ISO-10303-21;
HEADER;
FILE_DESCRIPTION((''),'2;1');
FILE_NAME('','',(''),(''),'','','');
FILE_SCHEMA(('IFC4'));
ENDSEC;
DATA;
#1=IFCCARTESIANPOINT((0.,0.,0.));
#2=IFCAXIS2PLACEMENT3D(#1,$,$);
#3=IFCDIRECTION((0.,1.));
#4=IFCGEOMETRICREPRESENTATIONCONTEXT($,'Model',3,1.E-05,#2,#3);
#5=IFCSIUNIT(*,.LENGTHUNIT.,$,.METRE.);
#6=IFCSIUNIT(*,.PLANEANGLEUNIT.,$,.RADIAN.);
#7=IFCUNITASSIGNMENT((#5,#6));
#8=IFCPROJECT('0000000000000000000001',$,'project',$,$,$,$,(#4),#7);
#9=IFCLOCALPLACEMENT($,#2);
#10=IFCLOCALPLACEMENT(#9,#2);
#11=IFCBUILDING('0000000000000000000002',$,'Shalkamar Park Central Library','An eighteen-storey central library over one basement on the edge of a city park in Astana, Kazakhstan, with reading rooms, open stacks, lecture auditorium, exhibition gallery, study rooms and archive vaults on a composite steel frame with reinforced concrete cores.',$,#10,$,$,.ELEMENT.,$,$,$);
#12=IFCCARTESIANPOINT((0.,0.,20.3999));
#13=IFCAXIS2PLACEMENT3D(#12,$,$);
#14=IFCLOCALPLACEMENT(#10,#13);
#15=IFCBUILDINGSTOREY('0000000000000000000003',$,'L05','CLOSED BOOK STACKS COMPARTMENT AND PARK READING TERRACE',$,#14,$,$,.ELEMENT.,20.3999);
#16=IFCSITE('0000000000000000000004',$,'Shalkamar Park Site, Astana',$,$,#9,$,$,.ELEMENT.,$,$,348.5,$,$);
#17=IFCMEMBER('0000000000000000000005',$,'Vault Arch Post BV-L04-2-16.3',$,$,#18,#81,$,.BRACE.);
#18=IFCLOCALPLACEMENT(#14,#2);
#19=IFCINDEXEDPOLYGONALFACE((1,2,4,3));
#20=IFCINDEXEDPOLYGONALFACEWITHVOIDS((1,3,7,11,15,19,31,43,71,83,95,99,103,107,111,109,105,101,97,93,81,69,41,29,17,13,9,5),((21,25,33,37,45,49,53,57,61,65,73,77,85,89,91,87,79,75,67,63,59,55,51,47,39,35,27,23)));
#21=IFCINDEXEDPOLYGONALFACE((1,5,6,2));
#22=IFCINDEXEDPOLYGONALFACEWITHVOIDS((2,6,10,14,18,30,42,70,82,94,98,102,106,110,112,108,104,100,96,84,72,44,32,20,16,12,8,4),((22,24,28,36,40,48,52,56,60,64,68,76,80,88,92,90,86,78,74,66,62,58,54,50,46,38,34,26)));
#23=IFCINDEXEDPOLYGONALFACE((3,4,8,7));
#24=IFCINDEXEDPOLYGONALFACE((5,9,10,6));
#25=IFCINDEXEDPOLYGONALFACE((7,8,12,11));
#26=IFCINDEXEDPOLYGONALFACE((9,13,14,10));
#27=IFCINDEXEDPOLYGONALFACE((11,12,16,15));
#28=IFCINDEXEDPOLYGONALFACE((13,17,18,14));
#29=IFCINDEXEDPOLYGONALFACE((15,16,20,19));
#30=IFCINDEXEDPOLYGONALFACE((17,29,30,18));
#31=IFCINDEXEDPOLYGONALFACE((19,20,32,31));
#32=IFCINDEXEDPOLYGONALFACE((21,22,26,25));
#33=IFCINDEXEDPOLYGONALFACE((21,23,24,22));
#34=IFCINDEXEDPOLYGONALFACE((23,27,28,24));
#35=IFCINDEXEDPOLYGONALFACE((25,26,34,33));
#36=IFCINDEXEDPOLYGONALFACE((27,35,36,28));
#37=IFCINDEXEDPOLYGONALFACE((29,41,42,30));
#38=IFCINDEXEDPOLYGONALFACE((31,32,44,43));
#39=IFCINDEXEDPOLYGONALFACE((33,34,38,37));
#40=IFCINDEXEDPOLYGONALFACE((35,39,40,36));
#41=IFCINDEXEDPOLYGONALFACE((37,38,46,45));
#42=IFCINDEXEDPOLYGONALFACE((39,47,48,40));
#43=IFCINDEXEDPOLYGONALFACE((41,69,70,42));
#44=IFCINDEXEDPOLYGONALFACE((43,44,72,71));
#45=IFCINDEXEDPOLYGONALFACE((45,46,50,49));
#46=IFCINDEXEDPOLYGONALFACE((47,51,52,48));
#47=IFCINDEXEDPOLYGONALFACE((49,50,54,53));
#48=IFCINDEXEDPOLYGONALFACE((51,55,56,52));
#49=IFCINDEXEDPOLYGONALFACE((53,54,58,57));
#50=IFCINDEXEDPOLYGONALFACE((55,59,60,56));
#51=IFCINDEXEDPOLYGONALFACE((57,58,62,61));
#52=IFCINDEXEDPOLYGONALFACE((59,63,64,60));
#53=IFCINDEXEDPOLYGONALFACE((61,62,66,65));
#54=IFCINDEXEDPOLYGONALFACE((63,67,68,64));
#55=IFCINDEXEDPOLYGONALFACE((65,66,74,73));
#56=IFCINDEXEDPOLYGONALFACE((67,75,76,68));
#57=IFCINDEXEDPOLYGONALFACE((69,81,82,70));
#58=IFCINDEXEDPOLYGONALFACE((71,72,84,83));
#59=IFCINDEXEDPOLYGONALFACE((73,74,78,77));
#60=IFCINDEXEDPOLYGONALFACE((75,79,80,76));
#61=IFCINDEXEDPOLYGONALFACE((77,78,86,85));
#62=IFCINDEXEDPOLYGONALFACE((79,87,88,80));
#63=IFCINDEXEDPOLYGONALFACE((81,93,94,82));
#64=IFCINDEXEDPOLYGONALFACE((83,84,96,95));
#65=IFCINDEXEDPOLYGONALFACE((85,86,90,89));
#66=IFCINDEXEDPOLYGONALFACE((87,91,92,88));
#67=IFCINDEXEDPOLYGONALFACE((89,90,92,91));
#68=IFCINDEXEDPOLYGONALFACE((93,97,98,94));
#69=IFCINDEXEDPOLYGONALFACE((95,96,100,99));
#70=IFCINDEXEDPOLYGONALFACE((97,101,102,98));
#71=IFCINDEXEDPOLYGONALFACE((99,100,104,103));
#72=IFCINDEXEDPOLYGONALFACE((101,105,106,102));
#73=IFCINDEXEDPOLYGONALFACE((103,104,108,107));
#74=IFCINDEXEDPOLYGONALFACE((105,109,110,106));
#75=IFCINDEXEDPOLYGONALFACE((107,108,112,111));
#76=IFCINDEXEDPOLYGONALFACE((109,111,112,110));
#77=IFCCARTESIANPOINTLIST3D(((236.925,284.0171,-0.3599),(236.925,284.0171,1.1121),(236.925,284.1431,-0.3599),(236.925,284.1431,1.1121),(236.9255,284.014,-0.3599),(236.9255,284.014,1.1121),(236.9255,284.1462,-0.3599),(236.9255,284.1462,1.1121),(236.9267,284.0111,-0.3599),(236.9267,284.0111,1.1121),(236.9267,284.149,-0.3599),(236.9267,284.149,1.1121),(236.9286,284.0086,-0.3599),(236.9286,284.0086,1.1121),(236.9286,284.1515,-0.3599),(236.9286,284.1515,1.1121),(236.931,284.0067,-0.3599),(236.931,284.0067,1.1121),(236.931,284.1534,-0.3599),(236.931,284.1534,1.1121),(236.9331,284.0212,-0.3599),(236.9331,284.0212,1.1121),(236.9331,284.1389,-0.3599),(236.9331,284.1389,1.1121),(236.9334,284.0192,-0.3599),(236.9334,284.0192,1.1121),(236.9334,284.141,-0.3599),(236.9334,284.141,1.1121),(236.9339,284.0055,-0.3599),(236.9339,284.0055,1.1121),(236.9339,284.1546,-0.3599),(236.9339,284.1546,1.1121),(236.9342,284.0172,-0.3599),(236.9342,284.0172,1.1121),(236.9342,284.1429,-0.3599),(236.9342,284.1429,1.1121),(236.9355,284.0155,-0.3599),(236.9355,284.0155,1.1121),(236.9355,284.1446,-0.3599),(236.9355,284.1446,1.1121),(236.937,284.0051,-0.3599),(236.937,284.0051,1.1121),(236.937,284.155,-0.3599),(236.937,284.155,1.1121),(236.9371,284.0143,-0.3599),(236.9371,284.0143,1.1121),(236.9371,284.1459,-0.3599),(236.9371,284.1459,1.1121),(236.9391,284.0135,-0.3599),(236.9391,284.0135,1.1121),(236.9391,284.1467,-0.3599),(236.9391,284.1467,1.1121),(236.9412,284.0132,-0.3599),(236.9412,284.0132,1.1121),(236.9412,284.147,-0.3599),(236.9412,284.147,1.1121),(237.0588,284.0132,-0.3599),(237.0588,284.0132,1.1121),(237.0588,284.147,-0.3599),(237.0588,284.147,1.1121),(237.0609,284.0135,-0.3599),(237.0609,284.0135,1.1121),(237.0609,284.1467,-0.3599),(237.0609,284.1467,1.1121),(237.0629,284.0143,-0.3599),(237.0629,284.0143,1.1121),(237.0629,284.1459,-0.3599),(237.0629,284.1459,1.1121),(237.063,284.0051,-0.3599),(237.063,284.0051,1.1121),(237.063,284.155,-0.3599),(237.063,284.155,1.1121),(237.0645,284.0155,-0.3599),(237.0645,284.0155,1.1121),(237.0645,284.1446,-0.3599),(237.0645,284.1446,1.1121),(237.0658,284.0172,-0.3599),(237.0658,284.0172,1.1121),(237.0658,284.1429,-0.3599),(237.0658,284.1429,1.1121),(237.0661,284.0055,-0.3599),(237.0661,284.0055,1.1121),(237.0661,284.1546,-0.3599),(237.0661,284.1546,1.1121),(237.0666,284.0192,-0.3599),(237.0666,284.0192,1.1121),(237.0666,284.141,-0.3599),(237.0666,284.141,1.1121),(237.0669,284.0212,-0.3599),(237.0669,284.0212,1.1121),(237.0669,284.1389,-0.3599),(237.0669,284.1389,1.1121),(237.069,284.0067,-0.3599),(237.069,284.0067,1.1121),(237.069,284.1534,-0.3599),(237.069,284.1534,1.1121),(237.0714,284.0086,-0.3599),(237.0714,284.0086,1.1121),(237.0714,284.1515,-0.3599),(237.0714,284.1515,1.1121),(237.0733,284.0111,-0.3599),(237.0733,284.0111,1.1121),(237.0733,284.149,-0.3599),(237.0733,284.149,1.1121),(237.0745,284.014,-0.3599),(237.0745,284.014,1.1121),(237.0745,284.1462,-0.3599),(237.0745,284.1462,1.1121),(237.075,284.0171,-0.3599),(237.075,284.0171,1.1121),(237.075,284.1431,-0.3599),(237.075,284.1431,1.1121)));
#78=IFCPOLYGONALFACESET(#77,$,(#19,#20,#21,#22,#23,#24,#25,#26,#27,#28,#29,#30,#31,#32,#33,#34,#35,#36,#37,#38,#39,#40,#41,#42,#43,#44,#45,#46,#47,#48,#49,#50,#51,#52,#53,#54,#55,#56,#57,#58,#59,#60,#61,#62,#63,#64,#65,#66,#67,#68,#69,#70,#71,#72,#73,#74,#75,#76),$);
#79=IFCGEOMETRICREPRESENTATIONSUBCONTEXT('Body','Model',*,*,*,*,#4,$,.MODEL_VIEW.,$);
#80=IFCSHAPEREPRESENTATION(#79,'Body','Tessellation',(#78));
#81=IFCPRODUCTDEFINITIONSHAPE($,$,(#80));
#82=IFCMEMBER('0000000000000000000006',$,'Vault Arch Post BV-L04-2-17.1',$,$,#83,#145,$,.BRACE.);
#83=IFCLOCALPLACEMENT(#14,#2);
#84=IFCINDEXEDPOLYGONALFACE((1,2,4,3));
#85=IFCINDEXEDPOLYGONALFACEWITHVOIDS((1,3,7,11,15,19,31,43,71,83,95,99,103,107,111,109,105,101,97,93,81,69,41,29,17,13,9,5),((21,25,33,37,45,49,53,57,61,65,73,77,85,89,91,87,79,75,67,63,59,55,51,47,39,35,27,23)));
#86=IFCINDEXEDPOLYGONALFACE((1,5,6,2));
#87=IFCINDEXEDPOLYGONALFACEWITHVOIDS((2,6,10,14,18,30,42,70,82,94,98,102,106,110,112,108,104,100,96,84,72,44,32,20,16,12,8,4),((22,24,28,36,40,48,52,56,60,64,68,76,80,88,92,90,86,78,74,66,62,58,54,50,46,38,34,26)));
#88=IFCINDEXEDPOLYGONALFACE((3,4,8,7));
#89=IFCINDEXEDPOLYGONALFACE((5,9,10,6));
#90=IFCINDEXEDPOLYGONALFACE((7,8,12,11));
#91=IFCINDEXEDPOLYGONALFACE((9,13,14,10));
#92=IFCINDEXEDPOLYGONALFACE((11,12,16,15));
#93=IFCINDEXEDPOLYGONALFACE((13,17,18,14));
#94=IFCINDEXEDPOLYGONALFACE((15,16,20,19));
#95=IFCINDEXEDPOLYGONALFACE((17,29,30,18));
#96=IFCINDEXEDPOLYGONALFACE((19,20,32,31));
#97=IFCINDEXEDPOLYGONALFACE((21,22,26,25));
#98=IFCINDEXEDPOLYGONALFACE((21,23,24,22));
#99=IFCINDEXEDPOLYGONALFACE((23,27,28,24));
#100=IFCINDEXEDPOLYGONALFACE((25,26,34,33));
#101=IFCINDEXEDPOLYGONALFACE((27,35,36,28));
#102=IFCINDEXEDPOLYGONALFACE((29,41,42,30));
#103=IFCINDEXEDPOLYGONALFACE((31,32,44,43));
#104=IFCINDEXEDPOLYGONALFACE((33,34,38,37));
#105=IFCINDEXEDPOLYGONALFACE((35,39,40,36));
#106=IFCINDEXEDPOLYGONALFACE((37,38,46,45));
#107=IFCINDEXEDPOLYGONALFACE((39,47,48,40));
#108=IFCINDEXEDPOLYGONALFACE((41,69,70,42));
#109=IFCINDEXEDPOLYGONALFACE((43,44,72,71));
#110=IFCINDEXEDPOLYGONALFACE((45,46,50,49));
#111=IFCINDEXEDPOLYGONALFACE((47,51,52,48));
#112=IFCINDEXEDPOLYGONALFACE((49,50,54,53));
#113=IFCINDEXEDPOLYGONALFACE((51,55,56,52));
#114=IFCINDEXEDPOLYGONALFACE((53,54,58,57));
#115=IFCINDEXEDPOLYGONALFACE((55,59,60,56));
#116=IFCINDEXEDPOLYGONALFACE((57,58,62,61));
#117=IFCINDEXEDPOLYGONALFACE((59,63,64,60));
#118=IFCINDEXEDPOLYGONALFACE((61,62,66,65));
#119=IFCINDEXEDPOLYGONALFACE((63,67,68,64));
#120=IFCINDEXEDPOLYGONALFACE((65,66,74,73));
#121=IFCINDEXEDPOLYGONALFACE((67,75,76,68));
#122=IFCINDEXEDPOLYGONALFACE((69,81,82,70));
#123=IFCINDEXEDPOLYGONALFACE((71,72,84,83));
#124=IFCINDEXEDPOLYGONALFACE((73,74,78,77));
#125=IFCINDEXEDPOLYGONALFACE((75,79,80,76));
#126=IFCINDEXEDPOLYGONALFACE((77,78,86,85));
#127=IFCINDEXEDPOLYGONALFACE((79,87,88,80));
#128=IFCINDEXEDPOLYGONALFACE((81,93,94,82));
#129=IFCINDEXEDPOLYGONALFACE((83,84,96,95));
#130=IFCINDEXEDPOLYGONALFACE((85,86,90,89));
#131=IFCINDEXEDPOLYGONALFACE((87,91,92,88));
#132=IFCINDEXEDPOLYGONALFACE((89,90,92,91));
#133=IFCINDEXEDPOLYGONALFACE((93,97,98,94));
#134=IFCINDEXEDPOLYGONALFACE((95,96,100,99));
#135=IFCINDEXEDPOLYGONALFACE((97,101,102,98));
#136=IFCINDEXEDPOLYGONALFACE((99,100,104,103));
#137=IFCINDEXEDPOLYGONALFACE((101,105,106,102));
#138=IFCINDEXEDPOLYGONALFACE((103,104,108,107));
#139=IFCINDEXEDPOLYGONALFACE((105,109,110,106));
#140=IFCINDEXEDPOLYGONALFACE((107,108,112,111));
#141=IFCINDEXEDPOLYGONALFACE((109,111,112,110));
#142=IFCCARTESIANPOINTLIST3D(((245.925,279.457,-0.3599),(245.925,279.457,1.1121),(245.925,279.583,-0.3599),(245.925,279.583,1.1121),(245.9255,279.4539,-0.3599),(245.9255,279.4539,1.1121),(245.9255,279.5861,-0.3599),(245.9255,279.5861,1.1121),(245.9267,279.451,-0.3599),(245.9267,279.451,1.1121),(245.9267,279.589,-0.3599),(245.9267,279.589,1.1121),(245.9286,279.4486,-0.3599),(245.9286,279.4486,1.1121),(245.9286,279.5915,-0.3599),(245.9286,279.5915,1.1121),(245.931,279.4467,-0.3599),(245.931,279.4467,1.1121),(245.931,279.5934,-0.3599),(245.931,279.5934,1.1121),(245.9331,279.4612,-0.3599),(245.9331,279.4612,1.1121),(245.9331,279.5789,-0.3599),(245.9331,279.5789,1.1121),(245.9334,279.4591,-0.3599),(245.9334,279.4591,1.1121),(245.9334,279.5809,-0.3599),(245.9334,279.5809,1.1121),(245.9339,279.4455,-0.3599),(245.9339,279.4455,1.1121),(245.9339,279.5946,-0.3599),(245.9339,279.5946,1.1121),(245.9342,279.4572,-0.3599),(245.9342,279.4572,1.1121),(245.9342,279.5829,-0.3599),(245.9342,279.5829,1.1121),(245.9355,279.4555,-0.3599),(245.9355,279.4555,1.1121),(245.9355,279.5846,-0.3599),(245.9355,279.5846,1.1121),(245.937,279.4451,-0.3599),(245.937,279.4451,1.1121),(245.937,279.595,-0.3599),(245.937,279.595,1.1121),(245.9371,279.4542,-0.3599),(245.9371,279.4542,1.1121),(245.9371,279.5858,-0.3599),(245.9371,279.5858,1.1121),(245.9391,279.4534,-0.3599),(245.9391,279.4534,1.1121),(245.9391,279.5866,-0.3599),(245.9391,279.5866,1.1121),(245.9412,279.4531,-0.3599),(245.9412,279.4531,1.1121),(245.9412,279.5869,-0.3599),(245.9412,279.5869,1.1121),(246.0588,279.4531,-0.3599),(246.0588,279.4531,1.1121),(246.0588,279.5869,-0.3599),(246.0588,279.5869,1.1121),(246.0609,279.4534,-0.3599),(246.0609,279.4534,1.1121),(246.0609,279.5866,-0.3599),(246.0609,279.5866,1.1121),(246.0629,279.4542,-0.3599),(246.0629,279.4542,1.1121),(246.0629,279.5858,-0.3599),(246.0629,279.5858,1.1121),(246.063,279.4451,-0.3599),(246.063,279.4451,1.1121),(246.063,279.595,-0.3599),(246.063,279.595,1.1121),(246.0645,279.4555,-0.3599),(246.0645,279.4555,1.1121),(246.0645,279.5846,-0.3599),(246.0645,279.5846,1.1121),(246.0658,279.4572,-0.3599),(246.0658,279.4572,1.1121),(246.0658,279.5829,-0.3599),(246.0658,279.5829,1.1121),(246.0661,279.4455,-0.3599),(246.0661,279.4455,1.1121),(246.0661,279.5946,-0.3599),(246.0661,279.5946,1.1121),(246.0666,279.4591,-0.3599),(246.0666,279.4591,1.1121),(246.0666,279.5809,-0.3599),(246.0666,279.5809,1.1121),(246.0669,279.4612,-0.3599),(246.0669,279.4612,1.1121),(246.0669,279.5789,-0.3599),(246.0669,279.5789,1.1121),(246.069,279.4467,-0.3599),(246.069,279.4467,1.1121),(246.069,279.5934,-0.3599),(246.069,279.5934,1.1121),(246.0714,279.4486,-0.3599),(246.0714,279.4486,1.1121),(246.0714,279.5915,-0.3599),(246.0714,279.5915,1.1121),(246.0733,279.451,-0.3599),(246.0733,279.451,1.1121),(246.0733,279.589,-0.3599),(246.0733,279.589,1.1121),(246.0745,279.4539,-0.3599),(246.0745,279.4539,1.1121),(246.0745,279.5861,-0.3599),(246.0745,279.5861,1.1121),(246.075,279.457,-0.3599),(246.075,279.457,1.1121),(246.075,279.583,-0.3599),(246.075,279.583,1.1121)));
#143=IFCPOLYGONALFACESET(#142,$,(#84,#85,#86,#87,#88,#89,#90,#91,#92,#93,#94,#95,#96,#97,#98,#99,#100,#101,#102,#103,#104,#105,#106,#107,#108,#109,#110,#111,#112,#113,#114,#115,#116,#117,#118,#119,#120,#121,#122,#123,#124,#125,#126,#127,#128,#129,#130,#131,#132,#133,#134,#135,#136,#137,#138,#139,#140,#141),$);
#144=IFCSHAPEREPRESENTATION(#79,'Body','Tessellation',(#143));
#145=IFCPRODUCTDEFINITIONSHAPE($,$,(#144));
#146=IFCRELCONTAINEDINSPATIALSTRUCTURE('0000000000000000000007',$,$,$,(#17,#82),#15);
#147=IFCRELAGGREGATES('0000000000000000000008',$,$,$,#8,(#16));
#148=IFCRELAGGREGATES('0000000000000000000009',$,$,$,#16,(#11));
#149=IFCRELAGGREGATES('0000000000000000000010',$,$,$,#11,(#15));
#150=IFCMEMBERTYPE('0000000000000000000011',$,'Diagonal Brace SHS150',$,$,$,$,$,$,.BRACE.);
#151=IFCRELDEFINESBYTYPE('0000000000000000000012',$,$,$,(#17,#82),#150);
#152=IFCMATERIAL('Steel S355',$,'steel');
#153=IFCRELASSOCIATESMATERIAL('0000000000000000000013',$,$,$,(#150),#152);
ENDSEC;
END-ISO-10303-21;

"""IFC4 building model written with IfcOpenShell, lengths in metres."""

from ifc_helpers import new_model, si_unit, direction, frame, origin, origin_2d, place, context, subcontext, project, spatial, hollow_rectangle, extrude, material, material_profile, profile_set, type_object, element, save


model = new_model("IFC4")

# Units and contexts
model_context = context("Model", 3, precision=1e-05, world=origin(), true_north=direction((0.0, 1.0)))
body_context = subcontext(model_context, "Body", "Model", "MODEL_VIEW")
ifc_project = project(units=[si_unit("LENGTHUNIT", "METRE"), si_unit("PLANEANGLEUNIT", "RADIAN")], contexts=[model_context])

# Site, building, storey
site_placement = place(None, origin())
site = spatial("IfcSite", under=ifc_project, at=site_placement, Name="Shalkamar Park Site, Astana", CompositionType="ELEMENT", RefElevation=348.5)
building_placement = place(site_placement, origin())
building = spatial("IfcBuilding", under=site, at=building_placement, Name="Shalkamar Park Central Library", Description="An eighteen-storey central library over one basement on the edge of a city park in Astana, Kazakhstan, with reading rooms, open stacks, lecture auditorium, exhibition gallery, study rooms and archive vaults on a composite steel frame with reinforced concrete cores.", CompositionType="ELEMENT")
storey_placement = place(building_placement, frame((0.0, 0.0, 20.3999)))
storey = spatial("IfcBuildingStorey", under=building, at=storey_placement, Name="L05", Description="CLOSED BOOK STACKS COMPARTMENT AND PARK READING TERRACE", CompositionType="ELEMENT", Elevation=20.3999)

# Members
ifc_material = material(Name="Steel S355", Category="steel")
ifc_material_profile_1 = material_profile(ifc_material, hollow_rectangle(XDim=0.1499, YDim=0.1499, WallThickness=0.0081, InnerFilletRadius=0.0081, OuterFilletRadius=0.012, at=origin_2d()), Name="SHS 150x150x8")
ifc_profile_set_1 = profile_set([ifc_material_profile_1], Name="Steel S355")
member_type_1 = type_object("IfcMemberType", Name="Diagonal Brace SHS150", PredefinedType="BRACE", material=ifc_profile_set_1)
for number, where, z_axis, x_axis, name in (
    (1, (237.0, 284.0801, -0.3599), (0.0, 0.0, 1.0), (1.0, 0.0, 0.0), "Vault Arch Post BV-L04-2-16.3"),
    (2, (246.0, 279.52, -0.3599), (0.0, 0.0, 1.0), (1.0, 0.0, 0.0), "Vault Arch Post BV-L04-2-17.1"),
):
    element("IfcMember", number, at=place(storey_placement, frame(where, z_axis=z_axis, x_axis=x_axis)), inside=storey, type_object=member_type_1, Name=name, PredefinedType="BRACE", context=body_context, shape_type="SweptSolid", body=[
        extrude(hollow_rectangle(XDim=0.1499, YDim=0.1499, WallThickness=0.0081, InnerFilletRadius=0.0081, OuterFilletRadius=0.012, at=origin_2d()), origin(), (0.0, 0.0, 1.0), 1.4719),
    ])

save(model, "model.ifc")
